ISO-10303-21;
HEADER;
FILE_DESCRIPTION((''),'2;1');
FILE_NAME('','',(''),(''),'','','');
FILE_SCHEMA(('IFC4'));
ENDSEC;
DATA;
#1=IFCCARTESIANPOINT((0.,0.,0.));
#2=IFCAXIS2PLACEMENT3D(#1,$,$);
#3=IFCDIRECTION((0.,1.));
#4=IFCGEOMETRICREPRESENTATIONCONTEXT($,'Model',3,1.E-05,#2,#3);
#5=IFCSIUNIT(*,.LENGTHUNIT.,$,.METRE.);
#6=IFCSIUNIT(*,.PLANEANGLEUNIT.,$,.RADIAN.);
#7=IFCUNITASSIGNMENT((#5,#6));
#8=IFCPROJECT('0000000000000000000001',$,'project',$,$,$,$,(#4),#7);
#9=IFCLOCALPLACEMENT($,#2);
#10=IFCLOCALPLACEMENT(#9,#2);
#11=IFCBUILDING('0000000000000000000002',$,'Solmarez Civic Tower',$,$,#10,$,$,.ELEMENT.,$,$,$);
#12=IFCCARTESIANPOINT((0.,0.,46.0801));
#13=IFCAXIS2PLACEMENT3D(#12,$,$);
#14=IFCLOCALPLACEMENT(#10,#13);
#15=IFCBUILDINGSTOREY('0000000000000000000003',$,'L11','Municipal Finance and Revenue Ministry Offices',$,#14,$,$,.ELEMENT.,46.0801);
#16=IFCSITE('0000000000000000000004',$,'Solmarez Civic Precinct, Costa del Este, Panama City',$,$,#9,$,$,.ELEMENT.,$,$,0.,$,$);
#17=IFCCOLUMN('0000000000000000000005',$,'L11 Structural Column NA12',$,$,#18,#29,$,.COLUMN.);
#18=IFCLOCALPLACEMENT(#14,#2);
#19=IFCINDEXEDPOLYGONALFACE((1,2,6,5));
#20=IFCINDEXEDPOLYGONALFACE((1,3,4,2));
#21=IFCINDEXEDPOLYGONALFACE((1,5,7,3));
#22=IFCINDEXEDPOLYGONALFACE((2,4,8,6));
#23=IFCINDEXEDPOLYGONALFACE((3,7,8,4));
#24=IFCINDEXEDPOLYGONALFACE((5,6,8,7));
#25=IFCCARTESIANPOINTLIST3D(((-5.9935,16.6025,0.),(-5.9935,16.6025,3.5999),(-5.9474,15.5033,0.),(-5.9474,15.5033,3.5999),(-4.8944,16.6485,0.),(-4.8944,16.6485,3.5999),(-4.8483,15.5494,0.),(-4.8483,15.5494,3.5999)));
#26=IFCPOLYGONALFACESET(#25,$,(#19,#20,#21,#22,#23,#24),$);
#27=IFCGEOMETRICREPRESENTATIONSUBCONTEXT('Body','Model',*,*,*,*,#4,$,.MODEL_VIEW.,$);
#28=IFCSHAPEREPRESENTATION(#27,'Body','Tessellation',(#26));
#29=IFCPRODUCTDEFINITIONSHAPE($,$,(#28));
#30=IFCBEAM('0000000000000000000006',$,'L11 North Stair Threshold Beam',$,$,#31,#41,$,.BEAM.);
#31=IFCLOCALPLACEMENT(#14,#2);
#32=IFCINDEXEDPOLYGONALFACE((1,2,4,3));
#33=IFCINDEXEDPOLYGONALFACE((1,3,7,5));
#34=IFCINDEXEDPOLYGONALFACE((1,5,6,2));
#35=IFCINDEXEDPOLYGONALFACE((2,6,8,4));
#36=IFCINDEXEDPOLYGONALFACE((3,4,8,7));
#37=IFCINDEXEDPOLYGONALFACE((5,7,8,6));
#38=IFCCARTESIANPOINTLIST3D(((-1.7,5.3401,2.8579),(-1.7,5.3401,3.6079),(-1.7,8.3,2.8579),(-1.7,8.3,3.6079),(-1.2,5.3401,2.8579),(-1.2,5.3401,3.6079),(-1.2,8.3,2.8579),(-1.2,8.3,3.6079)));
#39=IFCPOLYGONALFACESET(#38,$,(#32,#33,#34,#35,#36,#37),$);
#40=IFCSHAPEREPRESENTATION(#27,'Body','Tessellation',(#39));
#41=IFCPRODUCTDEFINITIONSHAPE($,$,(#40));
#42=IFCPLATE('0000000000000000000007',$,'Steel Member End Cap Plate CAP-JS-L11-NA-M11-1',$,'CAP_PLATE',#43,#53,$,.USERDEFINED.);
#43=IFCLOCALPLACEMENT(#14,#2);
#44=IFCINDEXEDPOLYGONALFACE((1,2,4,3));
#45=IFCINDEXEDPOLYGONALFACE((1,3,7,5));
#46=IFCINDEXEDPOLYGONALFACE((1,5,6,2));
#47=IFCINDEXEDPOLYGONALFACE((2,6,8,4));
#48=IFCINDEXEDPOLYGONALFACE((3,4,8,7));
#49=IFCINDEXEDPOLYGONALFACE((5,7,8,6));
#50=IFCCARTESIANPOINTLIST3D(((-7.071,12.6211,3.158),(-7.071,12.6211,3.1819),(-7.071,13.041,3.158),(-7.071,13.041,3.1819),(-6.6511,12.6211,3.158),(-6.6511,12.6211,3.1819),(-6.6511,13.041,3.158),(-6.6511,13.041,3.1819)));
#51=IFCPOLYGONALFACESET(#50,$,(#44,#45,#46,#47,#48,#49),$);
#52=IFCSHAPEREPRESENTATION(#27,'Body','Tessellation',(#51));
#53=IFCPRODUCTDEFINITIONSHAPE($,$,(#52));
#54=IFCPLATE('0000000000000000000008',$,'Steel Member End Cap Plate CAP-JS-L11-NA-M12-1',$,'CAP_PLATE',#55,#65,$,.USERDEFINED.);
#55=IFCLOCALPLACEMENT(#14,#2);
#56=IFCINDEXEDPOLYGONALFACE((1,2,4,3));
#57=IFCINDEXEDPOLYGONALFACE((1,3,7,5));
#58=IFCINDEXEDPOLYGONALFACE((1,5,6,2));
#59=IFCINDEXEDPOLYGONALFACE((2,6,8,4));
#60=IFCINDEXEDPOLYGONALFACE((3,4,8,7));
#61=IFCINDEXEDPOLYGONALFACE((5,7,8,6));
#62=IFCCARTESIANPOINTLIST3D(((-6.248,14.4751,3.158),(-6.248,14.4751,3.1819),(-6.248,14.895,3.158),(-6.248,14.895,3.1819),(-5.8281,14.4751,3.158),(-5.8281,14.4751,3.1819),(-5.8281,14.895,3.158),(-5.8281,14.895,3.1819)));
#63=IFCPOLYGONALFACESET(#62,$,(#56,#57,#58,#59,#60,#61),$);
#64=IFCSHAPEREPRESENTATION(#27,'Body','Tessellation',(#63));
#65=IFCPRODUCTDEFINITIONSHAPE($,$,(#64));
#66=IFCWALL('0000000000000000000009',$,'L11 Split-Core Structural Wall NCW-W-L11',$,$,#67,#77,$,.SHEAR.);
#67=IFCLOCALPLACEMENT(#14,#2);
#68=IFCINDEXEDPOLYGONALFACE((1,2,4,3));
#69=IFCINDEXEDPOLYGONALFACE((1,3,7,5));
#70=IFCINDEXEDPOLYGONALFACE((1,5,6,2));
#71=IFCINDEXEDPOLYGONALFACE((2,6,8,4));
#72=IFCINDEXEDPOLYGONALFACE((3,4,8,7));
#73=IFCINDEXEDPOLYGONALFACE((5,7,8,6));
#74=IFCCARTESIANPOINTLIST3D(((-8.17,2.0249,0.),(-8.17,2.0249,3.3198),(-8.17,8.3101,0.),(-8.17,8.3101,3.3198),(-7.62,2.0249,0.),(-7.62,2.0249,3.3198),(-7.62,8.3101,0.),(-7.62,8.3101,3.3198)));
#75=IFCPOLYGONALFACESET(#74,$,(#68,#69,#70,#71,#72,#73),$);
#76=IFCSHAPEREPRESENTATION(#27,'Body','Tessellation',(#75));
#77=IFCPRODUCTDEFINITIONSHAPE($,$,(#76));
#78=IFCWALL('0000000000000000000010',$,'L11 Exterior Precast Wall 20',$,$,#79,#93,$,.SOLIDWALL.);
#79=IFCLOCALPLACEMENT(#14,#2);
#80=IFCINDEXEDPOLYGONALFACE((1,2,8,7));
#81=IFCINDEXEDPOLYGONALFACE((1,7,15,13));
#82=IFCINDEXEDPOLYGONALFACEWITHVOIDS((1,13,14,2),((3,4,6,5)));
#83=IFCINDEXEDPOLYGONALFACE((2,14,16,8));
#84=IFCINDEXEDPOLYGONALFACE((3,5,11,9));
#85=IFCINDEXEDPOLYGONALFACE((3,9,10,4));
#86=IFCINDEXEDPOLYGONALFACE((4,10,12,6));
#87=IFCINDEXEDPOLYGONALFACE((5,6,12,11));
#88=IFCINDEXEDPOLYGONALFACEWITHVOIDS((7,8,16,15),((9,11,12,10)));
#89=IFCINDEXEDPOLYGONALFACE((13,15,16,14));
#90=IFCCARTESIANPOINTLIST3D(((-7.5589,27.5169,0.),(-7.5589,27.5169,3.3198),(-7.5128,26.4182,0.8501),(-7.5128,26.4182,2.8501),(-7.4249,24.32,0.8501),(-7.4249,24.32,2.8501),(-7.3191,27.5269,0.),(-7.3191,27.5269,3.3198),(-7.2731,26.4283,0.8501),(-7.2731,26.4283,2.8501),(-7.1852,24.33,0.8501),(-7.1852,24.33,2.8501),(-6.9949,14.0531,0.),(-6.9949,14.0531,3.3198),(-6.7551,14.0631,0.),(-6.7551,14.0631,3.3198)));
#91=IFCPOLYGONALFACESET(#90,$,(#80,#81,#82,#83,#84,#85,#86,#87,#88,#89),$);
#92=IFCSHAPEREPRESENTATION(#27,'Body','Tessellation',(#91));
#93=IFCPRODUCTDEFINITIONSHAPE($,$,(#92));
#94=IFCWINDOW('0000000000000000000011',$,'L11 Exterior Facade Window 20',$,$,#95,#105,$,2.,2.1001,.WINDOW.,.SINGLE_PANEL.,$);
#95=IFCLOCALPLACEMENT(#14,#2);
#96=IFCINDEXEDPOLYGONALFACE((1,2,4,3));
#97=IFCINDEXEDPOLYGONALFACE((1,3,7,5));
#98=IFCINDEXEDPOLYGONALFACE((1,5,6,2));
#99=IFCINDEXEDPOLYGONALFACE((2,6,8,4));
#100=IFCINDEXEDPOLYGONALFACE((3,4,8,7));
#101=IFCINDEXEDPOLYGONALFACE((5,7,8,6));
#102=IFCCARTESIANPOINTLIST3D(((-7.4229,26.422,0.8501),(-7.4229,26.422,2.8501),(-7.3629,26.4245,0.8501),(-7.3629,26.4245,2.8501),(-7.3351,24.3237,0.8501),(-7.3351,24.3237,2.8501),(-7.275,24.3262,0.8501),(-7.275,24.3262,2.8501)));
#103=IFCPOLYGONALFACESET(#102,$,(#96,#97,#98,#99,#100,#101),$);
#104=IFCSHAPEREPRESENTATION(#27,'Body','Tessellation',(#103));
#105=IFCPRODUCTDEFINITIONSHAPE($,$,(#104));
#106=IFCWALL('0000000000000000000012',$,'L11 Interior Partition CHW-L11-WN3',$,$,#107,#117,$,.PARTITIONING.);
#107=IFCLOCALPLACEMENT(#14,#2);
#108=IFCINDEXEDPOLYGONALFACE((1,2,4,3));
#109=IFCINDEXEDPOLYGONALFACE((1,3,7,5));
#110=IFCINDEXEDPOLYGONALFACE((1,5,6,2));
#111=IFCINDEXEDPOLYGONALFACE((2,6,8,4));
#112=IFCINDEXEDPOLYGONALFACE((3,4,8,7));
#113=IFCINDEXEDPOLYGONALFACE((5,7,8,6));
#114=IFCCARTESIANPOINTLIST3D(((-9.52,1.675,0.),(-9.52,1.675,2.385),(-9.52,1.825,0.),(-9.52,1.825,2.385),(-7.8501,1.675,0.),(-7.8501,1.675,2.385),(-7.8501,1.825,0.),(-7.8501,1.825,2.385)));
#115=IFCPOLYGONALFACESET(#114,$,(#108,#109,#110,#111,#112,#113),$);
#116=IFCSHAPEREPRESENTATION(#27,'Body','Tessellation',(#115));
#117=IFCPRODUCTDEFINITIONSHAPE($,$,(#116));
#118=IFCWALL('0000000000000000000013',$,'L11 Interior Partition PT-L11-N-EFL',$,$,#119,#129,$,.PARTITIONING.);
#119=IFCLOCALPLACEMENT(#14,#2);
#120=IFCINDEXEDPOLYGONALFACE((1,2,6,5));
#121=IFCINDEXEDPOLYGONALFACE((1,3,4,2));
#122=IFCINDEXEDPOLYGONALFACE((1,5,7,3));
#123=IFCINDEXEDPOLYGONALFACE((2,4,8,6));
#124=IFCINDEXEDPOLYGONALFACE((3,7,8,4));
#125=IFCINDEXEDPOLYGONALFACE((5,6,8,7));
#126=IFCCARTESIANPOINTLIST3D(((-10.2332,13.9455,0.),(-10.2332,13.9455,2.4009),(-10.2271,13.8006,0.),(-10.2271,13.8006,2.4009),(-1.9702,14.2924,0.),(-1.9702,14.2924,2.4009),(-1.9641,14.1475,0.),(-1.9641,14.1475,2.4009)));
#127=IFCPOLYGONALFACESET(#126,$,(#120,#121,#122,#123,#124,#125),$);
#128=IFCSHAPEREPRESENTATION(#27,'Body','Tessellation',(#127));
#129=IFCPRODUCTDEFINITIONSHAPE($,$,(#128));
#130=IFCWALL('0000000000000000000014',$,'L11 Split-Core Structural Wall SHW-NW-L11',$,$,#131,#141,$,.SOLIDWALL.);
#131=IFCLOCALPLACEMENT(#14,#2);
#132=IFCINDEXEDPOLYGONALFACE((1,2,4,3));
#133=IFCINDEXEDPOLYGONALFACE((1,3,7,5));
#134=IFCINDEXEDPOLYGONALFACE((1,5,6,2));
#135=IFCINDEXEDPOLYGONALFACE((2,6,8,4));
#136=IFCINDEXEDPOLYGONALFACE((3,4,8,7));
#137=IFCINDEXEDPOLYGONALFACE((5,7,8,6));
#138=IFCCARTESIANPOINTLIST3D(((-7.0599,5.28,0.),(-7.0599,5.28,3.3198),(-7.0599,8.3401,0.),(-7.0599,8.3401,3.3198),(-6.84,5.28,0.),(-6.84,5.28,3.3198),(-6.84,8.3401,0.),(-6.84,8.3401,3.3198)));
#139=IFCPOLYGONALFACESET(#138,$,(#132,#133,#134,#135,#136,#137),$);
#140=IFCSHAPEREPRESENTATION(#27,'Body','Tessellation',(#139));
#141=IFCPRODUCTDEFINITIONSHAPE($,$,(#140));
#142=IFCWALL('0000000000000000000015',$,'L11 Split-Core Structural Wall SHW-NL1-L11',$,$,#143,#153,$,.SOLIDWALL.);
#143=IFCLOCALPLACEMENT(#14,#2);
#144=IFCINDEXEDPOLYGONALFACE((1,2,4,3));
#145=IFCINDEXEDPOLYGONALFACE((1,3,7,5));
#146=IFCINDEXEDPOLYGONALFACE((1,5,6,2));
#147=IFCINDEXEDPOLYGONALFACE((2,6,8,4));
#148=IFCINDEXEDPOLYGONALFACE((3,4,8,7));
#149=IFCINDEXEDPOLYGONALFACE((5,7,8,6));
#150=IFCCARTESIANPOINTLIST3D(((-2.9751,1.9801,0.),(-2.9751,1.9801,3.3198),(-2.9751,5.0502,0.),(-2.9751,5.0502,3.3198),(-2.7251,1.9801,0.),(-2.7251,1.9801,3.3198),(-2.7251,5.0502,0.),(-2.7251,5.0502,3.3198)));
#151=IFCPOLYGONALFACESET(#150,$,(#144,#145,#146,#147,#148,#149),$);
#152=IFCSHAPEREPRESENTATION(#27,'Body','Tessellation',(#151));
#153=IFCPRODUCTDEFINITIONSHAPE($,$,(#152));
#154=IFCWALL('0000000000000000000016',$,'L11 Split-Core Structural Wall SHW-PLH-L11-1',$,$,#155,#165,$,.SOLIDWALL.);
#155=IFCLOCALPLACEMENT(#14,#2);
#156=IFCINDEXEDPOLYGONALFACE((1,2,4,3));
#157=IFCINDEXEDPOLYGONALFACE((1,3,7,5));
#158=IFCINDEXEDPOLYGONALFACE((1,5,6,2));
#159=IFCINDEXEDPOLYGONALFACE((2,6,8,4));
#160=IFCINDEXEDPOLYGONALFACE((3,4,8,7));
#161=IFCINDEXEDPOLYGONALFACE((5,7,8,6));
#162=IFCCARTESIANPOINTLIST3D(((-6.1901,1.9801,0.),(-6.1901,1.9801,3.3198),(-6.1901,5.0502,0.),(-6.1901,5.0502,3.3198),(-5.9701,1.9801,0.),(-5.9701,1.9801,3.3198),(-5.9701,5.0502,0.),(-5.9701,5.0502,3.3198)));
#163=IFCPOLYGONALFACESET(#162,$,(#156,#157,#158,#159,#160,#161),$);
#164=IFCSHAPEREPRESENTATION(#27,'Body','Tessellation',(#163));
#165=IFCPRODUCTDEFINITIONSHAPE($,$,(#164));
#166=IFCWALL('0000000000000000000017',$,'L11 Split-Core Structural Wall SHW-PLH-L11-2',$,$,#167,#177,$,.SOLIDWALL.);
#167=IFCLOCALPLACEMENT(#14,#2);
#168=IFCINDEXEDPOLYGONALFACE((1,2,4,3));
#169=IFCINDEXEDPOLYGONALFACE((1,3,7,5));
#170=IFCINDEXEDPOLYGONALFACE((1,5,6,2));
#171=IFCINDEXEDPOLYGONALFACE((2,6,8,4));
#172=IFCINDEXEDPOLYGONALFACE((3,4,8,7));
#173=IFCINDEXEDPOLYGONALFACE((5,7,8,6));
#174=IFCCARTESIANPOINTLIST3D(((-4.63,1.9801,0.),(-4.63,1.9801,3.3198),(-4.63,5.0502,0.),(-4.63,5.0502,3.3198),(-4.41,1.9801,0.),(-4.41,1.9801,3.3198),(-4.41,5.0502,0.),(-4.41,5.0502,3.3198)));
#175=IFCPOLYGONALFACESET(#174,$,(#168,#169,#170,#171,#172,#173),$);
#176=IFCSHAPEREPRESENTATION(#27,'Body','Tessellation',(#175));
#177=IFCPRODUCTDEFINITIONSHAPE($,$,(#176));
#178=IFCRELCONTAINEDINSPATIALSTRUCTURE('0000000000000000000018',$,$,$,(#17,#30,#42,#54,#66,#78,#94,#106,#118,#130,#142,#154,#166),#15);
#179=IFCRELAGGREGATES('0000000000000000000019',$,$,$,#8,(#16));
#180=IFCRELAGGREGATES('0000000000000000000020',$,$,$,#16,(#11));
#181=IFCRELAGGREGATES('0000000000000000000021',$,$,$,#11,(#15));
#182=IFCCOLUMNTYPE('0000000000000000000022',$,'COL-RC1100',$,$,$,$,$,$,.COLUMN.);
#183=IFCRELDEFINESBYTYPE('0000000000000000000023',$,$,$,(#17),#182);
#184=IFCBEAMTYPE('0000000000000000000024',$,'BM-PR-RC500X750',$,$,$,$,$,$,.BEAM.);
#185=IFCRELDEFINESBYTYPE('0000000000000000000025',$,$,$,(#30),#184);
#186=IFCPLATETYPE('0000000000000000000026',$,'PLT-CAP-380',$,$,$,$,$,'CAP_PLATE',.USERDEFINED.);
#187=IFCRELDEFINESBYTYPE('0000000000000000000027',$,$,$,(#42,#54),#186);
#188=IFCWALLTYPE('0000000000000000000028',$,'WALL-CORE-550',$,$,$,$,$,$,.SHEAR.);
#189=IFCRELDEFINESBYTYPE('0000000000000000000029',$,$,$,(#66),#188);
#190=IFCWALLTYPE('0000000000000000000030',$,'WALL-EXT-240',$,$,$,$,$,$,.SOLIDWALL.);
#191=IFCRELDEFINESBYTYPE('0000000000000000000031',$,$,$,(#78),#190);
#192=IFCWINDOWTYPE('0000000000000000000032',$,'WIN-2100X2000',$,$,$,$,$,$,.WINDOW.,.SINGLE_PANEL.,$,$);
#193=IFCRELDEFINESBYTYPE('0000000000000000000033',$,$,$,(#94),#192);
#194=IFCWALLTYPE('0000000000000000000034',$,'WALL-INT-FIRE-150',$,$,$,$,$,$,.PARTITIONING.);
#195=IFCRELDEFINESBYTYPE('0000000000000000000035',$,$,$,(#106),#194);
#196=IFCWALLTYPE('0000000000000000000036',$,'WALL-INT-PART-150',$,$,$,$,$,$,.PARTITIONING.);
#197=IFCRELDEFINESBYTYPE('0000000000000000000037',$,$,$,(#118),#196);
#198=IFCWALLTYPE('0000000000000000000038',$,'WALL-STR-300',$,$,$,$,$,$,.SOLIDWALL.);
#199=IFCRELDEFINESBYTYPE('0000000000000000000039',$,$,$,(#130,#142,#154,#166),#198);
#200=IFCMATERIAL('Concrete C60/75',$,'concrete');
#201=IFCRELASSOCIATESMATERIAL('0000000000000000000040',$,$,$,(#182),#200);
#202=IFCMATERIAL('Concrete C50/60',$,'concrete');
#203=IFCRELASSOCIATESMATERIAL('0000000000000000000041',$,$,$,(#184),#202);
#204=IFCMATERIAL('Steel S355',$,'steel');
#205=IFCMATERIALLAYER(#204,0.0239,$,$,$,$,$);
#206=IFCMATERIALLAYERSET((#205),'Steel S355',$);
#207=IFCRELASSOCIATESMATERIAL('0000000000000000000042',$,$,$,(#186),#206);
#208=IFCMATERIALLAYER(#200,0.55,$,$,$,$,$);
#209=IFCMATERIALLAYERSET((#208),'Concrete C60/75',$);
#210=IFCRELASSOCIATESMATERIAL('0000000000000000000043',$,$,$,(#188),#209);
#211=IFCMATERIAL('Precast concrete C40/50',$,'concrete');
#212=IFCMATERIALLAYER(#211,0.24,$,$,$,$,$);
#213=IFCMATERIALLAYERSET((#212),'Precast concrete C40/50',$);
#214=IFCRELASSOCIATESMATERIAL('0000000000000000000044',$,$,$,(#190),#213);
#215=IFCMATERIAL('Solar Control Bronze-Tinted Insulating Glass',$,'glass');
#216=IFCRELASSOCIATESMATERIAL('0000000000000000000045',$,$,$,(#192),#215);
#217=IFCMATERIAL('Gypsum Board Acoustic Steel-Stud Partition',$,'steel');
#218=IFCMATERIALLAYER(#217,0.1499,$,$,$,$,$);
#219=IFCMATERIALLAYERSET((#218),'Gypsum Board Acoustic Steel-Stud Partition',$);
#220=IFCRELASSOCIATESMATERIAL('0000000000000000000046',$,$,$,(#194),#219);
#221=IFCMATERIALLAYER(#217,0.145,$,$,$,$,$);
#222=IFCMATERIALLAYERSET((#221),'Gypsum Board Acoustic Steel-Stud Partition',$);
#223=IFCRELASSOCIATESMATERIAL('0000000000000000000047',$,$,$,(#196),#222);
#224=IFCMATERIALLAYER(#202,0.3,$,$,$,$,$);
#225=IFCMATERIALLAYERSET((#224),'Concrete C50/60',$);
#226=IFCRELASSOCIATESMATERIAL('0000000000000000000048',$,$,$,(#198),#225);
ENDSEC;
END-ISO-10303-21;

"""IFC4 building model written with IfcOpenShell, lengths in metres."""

from ifc_helpers import new_model, si_unit, direction, frame, frame_2d, origin, origin_2d, place, context, subcontext, project, spatial, rectangle, extrude, material, layer, layer_set, material_profile, profile_set, type_object, element, fill, save


model = new_model("IFC4")

# Units and contexts
model_context = context("Model", 3, precision=1e-05, world=origin(), true_north=direction((0.0, 1.0)))
body_context = subcontext(model_context, "Body", "Model", "MODEL_VIEW")
ifc_project = project(units=[si_unit("LENGTHUNIT", "METRE"), si_unit("PLANEANGLEUNIT", "RADIAN")], contexts=[model_context])

# Site, building, storey
site_placement = place(None, origin())
site = spatial("IfcSite", under=ifc_project, at=site_placement, Name="Solmarez Civic Precinct, Costa del Este, Panama City", CompositionType="ELEMENT", RefElevation=0.0)
building_placement = place(site_placement, origin())
building = spatial("IfcBuilding", under=site, at=building_placement, Name="Solmarez Civic Tower", CompositionType="ELEMENT")
storey_placement = place(building_placement, frame((0.0, 0.0, 46.0801)))
storey = spatial("IfcBuildingStorey", under=building, at=storey_placement, Name="L11", Description="Municipal Finance and Revenue Ministry Offices", CompositionType="ELEMENT", Elevation=46.0801)

# Column
ifc_material_1 = material(Name="Concrete C60/75", Category="concrete")
ifc_material_profile_1 = material_profile(ifc_material_1, rectangle(XDim=1.1001, YDim=1.1001, at=origin_2d()), Name="RC1100X1100")
ifc_profile_set_1 = profile_set([ifc_material_profile_1], Name="Concrete C60/75")
column_type = type_object("IfcColumnType", Name="COL-RC1100", PredefinedType="COLUMN", material=ifc_profile_set_1)
column_placement = place(storey_placement, frame((-5.4209, 16.0759, 0.0), z_axis=(0.0, 0.0, 1.0), x_axis=(0.999123, 0.041876, 0.0)))
element("IfcColumn", 1, at=column_placement, inside=storey, type_object=column_type, Name="L11 Structural Column NA12", PredefinedType="COLUMN", context=body_context, shape_type="SweptSolid", body=[
    extrude(rectangle(XDim=1.1001, YDim=1.1001, at=origin_2d()), origin(), (0.0, 0.0, 1.0), 3.5999),
])

# Beam
ifc_material_2 = material(Name="Concrete C50/60", Category="concrete")
ifc_material_profile_2 = material_profile(ifc_material_2, rectangle(XDim=0.5, YDim=0.75, at=origin_2d()), Name="RC500X750")
ifc_profile_set_2 = profile_set([ifc_material_profile_2], Name="Concrete C50/60")
beam_type = type_object("IfcBeamType", Name="BM-PR-RC500X750", PredefinedType="BEAM", material=ifc_profile_set_2)
beam_placement = place(storey_placement, frame((-1.45, 5.3401, 3.2329), z_axis=(0.0, 1.0, 0.0), x_axis=(-1.0, 0.0, 0.0)))
element("IfcBeam", 2, at=beam_placement, inside=storey, type_object=beam_type, Name="L11 North Stair Threshold Beam", PredefinedType="BEAM", context=body_context, shape_type="SweptSolid", body=[
    extrude(rectangle(XDim=0.5, YDim=0.75, at=origin_2d()), origin(), (0.0, 0.0, 1.0), 2.96),
])

# Plates
ifc_material_3 = material(Name="Steel S355", Category="steel")
ifc_layer_1 = layer(ifc_material_3, 0.0239)
ifc_layer_set_1 = layer_set([ifc_layer_1], Name="Steel S355")
plate_type = type_object("IfcPlateType", Name="PLT-CAP-380", ElementType="CAP_PLATE", PredefinedType="USERDEFINED", material=ifc_layer_set_1)
for number, where, z_axis, x_axis, name in (
    (3, (-6.8611, 12.8311, 3.158), (0.0, 0.0, 1.0), (1.0, 0.0, 0.0), "Steel Member End Cap Plate CAP-JS-L11-NA-M11-1"),
    (4, (-6.0381, 14.6851, 3.158), (0.0, 0.0, 1.0), (1.0, 0.0, 0.0), "Steel Member End Cap Plate CAP-JS-L11-NA-M12-1"),
):
    element("IfcPlate", number, at=place(storey_placement, frame(where, z_axis=z_axis, x_axis=x_axis)), inside=storey, type_object=plate_type, Name=name, ObjectType="CAP_PLATE", PredefinedType="USERDEFINED", context=body_context, shape_type="SweptSolid", body=[
        extrude(rectangle(XDim=0.4199, YDim=0.4199, at=origin_2d()), origin(), (0.0, 0.0, 1.0), 0.0239),
    ])

# Wall
ifc_layer_2 = layer(ifc_material_1, 0.55)
ifc_layer_set_2 = layer_set([ifc_layer_2], Name="Concrete C60/75")
wall_type_1 = type_object("IfcWallType", Name="WALL-CORE-550", PredefinedType="SHEAR", material=ifc_layer_set_2)
wall_1_placement = place(storey_placement, frame((-7.895, 2.0249, 0.0), z_axis=(0.0, 0.0, 1.0), x_axis=(0.0, 1.0, 0.0)))
element("IfcWall", 5, at=wall_1_placement, inside=storey, type_object=wall_type_1, Name="L11 Split-Core Structural Wall NCW-W-L11", PredefinedType="SHEAR", context=body_context, shape_type="SweptSolid", body=[
    extrude(rectangle(XDim=6.2852, YDim=0.55, at=frame_2d((3.1426, 0.0))), origin(), (0.0, 0.0, 1.0), 3.3198),
])

# Wall, opening, window
ifc_material_4 = material(Name="Precast concrete C40/50", Category="concrete")
ifc_layer_3 = layer(ifc_material_4, 0.24)
ifc_layer_set_3 = layer_set([ifc_layer_3], Name="Precast concrete C40/50")
wall_type_2 = type_object("IfcWallType", Name="WALL-EXT-240", PredefinedType="SOLIDWALL", material=ifc_layer_set_3)
wall_2_placement = place(storey_placement, frame((-6.875, 14.0581, 0.0), z_axis=(0.0, 0.0, 1.0), x_axis=(-0.041851, 0.999124, 0.0)))
wall_2 = element("IfcWall", 6, at=wall_2_placement, inside=storey, type_object=wall_type_2, Name="L11 Exterior Precast Wall 20", PredefinedType="SOLIDWALL", context=body_context, shape_type="SweptSolid", body=[
    extrude(rectangle(XDim=13.4756, YDim=0.24, at=frame_2d((6.7378, 0.0))), origin(), (0.0, 0.0, 1.0), 3.3198),
])
opening_placement = place(wall_2_placement, frame((10.2759, 0.0, 0.8501)))
opening = element("IfcOpeningElement", 7, at=opening_placement, cuts=wall_2, PredefinedType="OPENING", context=body_context, shape_type="SweptSolid", body=[
    extrude(rectangle(XDim=2.1001, YDim=2.0, at=frame_2d((1.05, 1.0))), frame((0.0, 0.1299, 0.0), z_axis=(0.0, -1.0, 0.0), x_axis=(1.0, 0.0, 0.0)), (0.0, 0.0, 1.0), 0.26),
])
ifc_material_5 = material(Name="Solar Control Bronze-Tinted Insulating Glass", Category="glass")
window_type = type_object("IfcWindowType", Name="WIN-2100X2000", PartitioningType="SINGLE_PANEL", PredefinedType="WINDOW", material=ifc_material_5)
window_placement = place(opening_placement, origin())
window = element("IfcWindow", 8, at=window_placement, inside=storey, type_object=window_type, Name="L11 Exterior Facade Window 20", OverallHeight=2.0, OverallWidth=2.1001, PartitioningType="SINGLE_PANEL", PredefinedType="WINDOW", context=body_context, shape_type="SweptSolid", body=[
    extrude(rectangle(XDim=2.1001, YDim=2.0, at=frame_2d((1.05, 1.0))), frame((0.0, 0.03, 0.0), z_axis=(0.0, -1.0, 0.0), x_axis=(1.0, 0.0, 0.0)), (0.0, 0.0, 1.0), 0.0601),
])
fill(opening, window)

# Walls
ifc_material_6 = material(Name="Gypsum Board Acoustic Steel-Stud Partition", Category="steel")
ifc_layer_4 = layer(ifc_material_6, 0.1499)
ifc_layer_set_4 = layer_set([ifc_layer_4], Name="Gypsum Board Acoustic Steel-Stud Partition")
wall_type_3 = type_object("IfcWallType", Name="WALL-INT-FIRE-150", PredefinedType="PARTITIONING", material=ifc_layer_set_4)
wall_3_placement = place(storey_placement, frame((-7.8501, 1.75, 0.0), z_axis=(0.0, 0.0, 1.0), x_axis=(-1.0, 0.0, 0.0)))
element("IfcWall", 9, at=wall_3_placement, inside=storey, type_object=wall_type_3, Name="L11 Interior Partition CHW-L11-WN3", PredefinedType="PARTITIONING", context=body_context, shape_type="SweptSolid", body=[
    extrude(rectangle(XDim=1.6699, YDim=0.1499, at=frame_2d((0.835, 0.0))), origin(), (0.0, 0.0, 1.0), 2.385),
])
ifc_layer_5 = layer(ifc_material_6, 0.145)
ifc_layer_set_5 = layer_set([ifc_layer_5], Name="Gypsum Board Acoustic Steel-Stud Partition")
wall_type_4 = type_object("IfcWallType", Name="WALL-INT-PART-150", PredefinedType="PARTITIONING", material=ifc_layer_set_5)
wall_4_placement = place(storey_placement, frame((-1.967, 14.22, 0.0), z_axis=(0.0, 0.0, 1.0), x_axis=(-0.99912, -0.041949, 0.0)))
element("IfcWall", 10, at=wall_4_placement, inside=storey, type_object=wall_type_4, Name="L11 Interior Partition PT-L11-N-EFL", PredefinedType="PARTITIONING", context=body_context, shape_type="SweptSolid", body=[
    extrude(rectangle(XDim=8.2703, YDim=0.145, at=frame_2d((4.1353, 0.0))), origin(), (0.0, 0.0, 1.0), 2.4009),
])
ifc_layer_6 = layer(ifc_material_2, 0.3)
ifc_layer_set_6 = layer_set([ifc_layer_6], Name="Concrete C50/60")
wall_type_5 = type_object("IfcWallType", Name="WALL-STR-300", PredefinedType="SOLIDWALL", material=ifc_layer_set_6)
wall_5_placement = place(storey_placement, frame((-6.95, 5.28, 0.0), z_axis=(0.0, 0.0, 1.0), x_axis=(0.0, 1.0, 0.0)))
element("IfcWall", 11, at=wall_5_placement, inside=storey, type_object=wall_type_5, Name="L11 Split-Core Structural Wall SHW-NW-L11", PredefinedType="SOLIDWALL", context=body_context, shape_type="SweptSolid", body=[
    extrude(rectangle(XDim=3.0601, YDim=0.22, at=frame_2d((1.53, 0.0))), origin(), (0.0, 0.0, 1.0), 3.3198),
])
wall_6_placement = place(storey_placement, frame((-2.8501, 1.98, 0.0), z_axis=(0.0, 0.0, 1.0), x_axis=(0.0, 1.0, 0.0)))
element("IfcWall", 12, at=wall_6_placement, inside=storey, type_object=wall_type_5, Name="L11 Split-Core Structural Wall SHW-NL1-L11", PredefinedType="SOLIDWALL", context=body_context, shape_type="SweptSolid", body=[
    extrude(rectangle(XDim=3.0701, YDim=0.25, at=frame_2d((1.5352, 0.0))), origin(), (0.0, 0.0, 1.0), 3.3198),
])
for number, where, z_axis, x_axis, name in (
    (13, (-6.0801, 1.98, 0.0), (0.0, 0.0, 1.0), (0.0, 1.0, 0.0), "L11 Split-Core Structural Wall SHW-PLH-L11-1"),
    (14, (-4.52, 1.98, 0.0), (0.0, 0.0, 1.0), (0.0, 1.0, 0.0), "L11 Split-Core Structural Wall SHW-PLH-L11-2"),
):
    element("IfcWall", number, at=place(storey_placement, frame(where, z_axis=z_axis, x_axis=x_axis)), inside=storey, type_object=wall_type_5, Name=name, PredefinedType="SOLIDWALL", context=body_context, shape_type="SweptSolid", body=[
        extrude(rectangle(XDim=3.0701, YDim=0.22, at=frame_2d((1.5352, 0.0))), origin(), (0.0, 0.0, 1.0), 3.3198),
    ])

save(model, "model.ifc")
